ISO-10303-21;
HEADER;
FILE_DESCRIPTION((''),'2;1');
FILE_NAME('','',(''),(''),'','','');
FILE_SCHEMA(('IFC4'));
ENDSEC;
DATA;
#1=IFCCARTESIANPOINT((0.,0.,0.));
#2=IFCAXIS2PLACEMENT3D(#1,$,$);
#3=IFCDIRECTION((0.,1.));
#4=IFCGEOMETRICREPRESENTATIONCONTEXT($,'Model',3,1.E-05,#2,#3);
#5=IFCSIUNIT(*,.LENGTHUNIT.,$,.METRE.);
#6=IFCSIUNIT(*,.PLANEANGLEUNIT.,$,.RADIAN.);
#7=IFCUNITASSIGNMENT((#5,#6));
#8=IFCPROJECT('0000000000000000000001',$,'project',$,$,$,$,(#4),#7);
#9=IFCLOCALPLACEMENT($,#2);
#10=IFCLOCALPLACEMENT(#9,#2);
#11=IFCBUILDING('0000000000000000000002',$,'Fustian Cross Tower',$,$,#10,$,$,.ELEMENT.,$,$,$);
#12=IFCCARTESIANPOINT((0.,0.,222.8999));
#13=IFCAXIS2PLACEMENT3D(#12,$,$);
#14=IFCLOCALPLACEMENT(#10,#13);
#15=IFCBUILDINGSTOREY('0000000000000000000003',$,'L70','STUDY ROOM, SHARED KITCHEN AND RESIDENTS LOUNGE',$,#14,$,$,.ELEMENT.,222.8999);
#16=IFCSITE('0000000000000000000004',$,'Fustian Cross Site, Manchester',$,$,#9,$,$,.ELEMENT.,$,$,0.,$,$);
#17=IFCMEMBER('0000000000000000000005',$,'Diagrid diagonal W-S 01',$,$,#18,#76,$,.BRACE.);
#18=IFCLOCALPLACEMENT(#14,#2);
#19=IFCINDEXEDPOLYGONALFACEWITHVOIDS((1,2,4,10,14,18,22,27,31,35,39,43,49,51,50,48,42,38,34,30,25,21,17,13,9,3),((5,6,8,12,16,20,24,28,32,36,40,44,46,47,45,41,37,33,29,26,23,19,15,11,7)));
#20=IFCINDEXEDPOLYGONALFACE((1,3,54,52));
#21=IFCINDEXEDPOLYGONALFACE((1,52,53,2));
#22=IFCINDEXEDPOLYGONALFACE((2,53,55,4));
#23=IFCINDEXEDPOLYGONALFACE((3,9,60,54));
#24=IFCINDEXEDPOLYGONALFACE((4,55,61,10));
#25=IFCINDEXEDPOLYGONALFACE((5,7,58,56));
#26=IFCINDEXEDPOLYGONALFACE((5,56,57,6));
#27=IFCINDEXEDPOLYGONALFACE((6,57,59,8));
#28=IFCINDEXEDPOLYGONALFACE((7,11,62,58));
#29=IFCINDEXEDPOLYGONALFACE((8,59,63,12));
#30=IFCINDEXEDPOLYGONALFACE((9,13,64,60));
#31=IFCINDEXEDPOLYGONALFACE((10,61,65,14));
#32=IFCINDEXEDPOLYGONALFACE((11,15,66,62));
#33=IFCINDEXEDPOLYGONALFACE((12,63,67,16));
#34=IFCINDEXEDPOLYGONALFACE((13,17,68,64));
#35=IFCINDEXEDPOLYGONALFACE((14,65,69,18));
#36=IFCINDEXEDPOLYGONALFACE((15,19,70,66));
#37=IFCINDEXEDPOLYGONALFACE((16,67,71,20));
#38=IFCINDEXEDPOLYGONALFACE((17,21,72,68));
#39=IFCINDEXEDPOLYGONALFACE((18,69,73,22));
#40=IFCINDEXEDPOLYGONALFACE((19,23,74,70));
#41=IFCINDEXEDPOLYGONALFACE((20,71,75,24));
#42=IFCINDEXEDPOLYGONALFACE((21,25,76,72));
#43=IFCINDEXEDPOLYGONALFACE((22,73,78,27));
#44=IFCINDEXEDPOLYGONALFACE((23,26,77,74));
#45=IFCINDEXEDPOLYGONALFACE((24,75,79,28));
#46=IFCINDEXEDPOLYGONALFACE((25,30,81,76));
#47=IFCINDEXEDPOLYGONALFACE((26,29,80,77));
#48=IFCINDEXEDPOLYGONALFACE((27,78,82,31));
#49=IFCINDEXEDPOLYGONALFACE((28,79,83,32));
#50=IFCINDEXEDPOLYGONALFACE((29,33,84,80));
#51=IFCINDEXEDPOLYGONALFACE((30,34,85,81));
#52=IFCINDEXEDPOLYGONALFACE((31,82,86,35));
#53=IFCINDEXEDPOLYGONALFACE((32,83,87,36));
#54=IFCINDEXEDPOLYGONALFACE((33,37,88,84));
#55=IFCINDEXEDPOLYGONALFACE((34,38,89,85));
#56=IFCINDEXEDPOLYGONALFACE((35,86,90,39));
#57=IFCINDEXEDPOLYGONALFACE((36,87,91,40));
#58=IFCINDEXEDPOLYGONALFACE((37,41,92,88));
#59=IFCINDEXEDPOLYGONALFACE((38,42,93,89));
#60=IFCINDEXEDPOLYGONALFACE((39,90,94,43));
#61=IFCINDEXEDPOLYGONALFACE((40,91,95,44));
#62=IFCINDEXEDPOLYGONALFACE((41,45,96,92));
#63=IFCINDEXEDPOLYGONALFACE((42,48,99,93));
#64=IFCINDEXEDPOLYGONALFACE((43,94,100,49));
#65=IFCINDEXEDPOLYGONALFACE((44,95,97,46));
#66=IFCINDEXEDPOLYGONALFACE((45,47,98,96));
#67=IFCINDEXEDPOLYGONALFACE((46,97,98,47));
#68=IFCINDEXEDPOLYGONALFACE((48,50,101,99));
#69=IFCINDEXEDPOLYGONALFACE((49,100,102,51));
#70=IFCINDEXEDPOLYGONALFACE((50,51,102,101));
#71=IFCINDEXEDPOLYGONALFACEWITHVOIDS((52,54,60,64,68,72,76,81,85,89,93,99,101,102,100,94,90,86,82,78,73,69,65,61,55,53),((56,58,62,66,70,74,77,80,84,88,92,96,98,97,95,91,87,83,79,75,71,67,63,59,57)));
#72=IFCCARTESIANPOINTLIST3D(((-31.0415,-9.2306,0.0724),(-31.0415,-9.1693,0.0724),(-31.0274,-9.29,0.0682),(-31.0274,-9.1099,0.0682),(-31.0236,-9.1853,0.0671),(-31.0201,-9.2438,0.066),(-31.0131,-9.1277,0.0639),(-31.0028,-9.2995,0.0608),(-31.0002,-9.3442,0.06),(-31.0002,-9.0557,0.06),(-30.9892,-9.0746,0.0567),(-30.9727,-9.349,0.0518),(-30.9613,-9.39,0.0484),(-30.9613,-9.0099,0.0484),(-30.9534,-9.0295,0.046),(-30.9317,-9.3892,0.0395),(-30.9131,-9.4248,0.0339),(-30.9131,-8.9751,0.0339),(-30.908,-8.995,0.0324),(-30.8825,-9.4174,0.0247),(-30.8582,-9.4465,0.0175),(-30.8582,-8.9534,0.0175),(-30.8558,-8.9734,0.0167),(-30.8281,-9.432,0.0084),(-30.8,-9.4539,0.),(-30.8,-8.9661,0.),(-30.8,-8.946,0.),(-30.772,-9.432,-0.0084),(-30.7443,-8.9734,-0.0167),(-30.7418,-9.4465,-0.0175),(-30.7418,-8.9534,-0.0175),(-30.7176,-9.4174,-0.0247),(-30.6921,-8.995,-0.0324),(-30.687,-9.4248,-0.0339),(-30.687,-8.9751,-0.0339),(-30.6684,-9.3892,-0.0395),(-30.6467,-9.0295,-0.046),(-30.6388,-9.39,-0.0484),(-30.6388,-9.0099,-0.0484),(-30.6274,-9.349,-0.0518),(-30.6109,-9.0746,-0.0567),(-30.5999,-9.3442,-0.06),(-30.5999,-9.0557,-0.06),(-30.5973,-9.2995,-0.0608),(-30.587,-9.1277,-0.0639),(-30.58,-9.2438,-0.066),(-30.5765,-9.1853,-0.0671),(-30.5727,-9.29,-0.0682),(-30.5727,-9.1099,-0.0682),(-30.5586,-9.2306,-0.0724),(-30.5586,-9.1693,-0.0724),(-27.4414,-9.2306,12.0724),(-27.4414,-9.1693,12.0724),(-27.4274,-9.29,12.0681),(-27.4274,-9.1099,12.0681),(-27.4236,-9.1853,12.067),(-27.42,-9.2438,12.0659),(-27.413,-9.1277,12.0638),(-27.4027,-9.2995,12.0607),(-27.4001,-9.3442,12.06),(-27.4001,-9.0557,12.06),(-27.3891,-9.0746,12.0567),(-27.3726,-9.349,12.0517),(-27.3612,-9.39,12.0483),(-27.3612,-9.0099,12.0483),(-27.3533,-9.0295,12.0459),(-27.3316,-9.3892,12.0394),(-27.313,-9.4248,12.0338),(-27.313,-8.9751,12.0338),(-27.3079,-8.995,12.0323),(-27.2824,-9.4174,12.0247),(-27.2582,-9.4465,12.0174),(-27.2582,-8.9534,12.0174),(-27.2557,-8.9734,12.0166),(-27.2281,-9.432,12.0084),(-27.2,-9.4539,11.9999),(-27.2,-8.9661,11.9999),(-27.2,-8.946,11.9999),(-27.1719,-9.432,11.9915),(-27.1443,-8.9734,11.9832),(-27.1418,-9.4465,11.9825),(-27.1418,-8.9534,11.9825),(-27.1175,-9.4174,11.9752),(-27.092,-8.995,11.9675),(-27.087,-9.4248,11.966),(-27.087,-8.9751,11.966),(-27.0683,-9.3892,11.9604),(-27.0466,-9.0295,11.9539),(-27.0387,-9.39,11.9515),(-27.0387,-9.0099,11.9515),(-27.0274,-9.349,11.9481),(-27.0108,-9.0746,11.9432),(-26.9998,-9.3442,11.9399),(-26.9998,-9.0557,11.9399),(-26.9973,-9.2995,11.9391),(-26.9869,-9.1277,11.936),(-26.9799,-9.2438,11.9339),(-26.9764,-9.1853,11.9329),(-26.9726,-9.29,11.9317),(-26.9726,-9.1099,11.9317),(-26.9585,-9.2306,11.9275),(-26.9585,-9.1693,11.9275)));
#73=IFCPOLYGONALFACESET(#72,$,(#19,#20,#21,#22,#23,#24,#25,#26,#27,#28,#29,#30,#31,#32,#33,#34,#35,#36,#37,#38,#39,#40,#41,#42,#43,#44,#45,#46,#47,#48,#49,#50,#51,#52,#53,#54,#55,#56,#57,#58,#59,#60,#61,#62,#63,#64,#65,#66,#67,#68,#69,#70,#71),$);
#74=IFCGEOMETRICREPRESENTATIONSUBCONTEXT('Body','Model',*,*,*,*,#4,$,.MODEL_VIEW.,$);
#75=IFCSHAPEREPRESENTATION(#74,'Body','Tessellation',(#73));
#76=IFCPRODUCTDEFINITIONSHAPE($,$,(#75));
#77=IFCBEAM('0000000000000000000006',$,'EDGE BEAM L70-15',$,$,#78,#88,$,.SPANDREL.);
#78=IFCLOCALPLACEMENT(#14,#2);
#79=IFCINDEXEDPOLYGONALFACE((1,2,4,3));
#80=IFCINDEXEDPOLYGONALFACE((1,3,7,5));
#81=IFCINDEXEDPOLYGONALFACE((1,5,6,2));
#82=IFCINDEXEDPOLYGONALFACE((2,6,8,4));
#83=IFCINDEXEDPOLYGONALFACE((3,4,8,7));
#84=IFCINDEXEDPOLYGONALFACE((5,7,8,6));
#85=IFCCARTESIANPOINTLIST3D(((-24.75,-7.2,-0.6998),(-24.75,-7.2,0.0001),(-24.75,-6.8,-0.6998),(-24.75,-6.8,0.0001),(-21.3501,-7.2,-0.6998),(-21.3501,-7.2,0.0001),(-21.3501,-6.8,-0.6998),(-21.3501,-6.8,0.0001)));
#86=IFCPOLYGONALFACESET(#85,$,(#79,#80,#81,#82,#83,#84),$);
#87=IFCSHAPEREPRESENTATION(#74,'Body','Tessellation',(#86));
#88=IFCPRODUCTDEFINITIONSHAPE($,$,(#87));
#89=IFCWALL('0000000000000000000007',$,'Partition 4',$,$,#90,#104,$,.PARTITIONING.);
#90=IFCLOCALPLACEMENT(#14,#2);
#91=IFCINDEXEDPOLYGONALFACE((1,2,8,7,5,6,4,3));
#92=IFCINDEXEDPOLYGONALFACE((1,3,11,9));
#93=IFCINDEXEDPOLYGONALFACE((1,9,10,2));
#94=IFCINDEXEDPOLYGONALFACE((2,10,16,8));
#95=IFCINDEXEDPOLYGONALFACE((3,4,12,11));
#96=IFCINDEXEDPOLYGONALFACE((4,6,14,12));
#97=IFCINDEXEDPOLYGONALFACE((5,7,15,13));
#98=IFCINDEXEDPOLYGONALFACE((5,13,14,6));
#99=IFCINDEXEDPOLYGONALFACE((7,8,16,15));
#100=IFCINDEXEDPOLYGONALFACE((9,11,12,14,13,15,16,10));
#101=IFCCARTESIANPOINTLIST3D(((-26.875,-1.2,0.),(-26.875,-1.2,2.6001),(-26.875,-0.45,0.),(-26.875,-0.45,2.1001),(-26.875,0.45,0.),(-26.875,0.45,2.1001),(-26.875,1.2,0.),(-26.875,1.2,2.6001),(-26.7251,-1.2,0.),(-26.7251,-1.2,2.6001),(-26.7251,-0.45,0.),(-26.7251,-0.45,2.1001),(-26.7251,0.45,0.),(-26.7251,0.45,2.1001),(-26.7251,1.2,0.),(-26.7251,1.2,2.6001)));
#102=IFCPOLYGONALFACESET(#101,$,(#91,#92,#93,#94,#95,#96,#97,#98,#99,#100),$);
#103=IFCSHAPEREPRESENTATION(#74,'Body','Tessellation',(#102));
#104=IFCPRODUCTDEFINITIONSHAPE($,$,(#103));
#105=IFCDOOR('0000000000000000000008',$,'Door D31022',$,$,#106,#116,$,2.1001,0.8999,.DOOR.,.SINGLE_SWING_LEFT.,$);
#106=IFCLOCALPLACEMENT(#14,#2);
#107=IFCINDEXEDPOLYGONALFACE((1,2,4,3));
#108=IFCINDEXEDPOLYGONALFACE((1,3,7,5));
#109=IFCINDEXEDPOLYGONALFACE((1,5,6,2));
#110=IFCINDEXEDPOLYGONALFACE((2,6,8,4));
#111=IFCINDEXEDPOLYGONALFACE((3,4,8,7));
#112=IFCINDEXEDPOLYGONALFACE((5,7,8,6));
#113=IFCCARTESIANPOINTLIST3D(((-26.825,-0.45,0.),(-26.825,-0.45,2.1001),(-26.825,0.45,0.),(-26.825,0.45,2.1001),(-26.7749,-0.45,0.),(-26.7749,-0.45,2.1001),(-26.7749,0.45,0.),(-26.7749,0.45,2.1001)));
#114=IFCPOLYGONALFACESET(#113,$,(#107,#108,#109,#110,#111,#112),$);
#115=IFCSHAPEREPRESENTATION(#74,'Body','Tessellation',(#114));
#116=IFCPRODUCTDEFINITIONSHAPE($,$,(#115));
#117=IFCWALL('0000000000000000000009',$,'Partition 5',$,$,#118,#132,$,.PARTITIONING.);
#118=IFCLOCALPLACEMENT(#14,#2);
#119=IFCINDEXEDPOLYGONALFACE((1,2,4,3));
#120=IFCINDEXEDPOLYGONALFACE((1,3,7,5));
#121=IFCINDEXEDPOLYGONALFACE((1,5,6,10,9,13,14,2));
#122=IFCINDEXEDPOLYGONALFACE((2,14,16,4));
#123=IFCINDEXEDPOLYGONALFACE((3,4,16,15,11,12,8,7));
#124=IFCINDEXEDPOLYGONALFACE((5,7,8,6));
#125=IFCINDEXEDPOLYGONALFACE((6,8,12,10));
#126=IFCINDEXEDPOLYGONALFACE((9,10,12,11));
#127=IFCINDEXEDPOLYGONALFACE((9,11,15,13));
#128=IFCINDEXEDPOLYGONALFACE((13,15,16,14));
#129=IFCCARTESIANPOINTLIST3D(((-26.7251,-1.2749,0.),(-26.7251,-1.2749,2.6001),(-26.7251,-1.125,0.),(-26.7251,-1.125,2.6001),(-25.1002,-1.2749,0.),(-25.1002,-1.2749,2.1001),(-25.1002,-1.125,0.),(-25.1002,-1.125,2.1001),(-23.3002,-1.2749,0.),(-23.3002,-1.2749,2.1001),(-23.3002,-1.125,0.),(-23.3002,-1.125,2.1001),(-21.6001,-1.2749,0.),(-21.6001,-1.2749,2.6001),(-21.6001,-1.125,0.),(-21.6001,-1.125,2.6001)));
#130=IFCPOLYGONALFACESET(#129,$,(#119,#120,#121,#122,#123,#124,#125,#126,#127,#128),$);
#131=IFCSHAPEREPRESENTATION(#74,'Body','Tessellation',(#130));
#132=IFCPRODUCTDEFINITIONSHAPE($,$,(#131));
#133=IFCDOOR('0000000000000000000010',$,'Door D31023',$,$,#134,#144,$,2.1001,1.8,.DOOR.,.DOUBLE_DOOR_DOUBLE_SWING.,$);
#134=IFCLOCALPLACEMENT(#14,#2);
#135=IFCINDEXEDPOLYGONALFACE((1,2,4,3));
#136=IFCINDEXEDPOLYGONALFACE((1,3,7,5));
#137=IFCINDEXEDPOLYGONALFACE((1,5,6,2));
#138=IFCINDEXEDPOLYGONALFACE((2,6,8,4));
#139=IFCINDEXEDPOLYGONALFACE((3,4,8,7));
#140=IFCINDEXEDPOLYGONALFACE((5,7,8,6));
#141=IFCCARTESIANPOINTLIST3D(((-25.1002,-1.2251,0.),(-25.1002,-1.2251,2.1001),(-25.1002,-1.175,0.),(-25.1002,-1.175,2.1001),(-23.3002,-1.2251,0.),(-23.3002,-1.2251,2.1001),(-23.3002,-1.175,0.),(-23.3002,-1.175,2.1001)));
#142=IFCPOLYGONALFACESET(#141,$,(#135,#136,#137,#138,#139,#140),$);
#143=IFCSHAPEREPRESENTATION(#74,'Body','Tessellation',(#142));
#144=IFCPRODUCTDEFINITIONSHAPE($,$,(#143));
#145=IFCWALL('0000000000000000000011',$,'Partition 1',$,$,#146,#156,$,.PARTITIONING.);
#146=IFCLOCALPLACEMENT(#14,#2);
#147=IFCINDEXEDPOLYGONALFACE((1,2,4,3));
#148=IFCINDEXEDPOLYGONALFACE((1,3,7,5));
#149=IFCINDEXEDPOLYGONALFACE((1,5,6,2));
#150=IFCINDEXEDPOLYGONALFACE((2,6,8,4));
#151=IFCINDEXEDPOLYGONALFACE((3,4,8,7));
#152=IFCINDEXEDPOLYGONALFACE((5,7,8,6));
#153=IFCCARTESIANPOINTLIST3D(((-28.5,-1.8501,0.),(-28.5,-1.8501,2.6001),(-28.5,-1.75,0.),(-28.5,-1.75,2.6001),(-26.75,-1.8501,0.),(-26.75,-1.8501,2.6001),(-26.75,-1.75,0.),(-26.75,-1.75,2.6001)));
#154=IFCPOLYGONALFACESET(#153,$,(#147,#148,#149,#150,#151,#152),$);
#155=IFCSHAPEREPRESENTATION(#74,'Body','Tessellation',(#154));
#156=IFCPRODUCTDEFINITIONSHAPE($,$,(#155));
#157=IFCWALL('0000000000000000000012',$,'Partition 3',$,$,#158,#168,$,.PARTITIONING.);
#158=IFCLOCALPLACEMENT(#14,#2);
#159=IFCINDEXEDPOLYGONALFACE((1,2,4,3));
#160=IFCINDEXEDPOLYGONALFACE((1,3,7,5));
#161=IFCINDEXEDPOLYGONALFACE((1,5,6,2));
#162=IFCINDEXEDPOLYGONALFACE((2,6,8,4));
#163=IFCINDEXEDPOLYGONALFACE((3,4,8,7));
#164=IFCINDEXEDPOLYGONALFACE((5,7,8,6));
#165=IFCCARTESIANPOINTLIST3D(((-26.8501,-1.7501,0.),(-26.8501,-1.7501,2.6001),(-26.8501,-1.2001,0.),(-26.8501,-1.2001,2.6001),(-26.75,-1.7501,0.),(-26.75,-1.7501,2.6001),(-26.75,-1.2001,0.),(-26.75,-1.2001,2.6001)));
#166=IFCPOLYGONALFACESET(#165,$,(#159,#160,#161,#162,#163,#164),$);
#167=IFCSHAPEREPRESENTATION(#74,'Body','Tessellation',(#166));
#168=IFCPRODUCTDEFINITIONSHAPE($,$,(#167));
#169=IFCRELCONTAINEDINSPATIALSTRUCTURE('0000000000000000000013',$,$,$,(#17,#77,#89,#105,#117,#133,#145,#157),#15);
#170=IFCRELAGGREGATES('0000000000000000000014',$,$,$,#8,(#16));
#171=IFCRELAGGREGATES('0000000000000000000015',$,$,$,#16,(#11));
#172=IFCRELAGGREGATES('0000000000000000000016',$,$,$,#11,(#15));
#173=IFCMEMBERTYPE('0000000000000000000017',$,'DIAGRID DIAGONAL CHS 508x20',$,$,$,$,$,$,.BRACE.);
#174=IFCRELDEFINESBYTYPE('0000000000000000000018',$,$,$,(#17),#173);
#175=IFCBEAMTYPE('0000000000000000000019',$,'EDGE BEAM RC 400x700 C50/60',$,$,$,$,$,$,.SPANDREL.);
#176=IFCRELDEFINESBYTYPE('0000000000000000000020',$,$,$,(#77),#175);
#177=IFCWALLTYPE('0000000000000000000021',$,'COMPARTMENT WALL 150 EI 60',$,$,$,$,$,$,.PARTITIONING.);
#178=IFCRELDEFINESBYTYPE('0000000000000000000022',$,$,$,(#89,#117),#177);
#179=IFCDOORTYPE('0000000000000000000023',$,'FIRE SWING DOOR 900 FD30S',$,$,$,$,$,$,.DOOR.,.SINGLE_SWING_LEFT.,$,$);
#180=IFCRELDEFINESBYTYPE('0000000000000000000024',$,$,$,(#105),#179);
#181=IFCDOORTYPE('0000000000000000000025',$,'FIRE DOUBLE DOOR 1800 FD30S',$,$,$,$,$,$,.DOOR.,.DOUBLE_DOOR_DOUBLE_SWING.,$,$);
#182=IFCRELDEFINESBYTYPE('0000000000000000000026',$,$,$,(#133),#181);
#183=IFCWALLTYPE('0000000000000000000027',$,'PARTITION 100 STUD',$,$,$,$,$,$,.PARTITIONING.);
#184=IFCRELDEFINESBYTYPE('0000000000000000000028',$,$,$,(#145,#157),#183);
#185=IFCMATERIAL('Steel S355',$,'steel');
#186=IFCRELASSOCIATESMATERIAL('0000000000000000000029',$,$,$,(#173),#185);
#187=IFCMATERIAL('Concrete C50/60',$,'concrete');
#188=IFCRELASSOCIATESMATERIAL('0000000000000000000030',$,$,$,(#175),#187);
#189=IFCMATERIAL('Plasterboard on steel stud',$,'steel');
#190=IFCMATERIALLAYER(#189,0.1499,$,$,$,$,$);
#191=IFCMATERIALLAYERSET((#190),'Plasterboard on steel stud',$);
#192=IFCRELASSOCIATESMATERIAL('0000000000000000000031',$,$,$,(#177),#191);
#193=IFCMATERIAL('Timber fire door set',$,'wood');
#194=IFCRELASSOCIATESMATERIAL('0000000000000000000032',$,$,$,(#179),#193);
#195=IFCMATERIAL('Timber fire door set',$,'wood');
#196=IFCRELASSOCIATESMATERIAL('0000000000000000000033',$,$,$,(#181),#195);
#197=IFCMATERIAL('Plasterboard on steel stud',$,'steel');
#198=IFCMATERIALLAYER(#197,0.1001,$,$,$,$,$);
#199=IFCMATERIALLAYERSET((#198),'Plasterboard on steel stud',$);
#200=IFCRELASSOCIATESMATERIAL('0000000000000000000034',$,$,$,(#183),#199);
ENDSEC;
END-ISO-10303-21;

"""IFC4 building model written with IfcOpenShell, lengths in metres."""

from ifc_helpers import new_model, si_unit, direction, frame, frame_2d, origin, origin_2d, place, context, subcontext, project, spatial, rectangle, hollow_circle, extrude, material, layer, layer_set, material_profile, profile_set, type_object, element, fill, save


model = new_model("IFC4")

# Units and contexts
model_context = context("Model", 3, precision=1e-05, world=origin(), true_north=direction((0.0, 1.0)))
body_context = subcontext(model_context, "Body", "Model", "MODEL_VIEW")
ifc_project = project(units=[si_unit("LENGTHUNIT", "METRE"), si_unit("PLANEANGLEUNIT", "RADIAN")], contexts=[model_context])

# Site, building, storey
site_placement = place(None, origin())
site = spatial("IfcSite", under=ifc_project, at=site_placement, Name="Fustian Cross Site, Manchester", CompositionType="ELEMENT", RefElevation=0.0)
building_placement = place(site_placement, origin())
building = spatial("IfcBuilding", under=site, at=building_placement, Name="Fustian Cross Tower", CompositionType="ELEMENT")
storey_placement = place(building_placement, frame((0.0, 0.0, 222.8999)))
storey = spatial("IfcBuildingStorey", under=building, at=storey_placement, Name="L70", Description="STUDY ROOM, SHARED KITCHEN AND RESIDENTS LOUNGE", CompositionType="ELEMENT", Elevation=222.8999)

# Member
ifc_material_1 = material(Name="Steel S355", Category="steel")
ifc_material_profile_1 = material_profile(ifc_material_1, hollow_circle(Radius=0.2539, WallThickness=0.02, at=origin_2d()), Name="CHS 508x20")
ifc_profile_set_1 = profile_set([ifc_material_profile_1], Name="Steel S355")
member_type_1 = type_object("IfcMemberType", Name="DIAGRID DIAGONAL CHS 508x20", PredefinedType="BRACE", material=ifc_profile_set_1)
member_placement = place(storey_placement, frame((-30.8, -9.2, 0.0), z_axis=(0.287355, 0.0, 0.957824), x_axis=(0.0, 1.0, 0.0)))
element("IfcMember", 1, at=member_placement, inside=storey, type_object=member_type_1, Name="Diagrid diagonal W-S 01", PredefinedType="BRACE", context=body_context, shape_type="SweptSolid", body=[
    extrude(hollow_circle(Radius=0.2539, WallThickness=0.02, at=origin_2d()), origin(), (0.0, 0.0, 1.0), 12.5283),
])

# Beam
ifc_material_2 = material(Name="Concrete C50/60", Category="concrete")
ifc_material_profile_2 = material_profile(ifc_material_2, rectangle(XDim=0.3999, YDim=0.7, at=origin_2d()), Name="RC 400x700")
ifc_profile_set_2 = profile_set([ifc_material_profile_2], Name="Concrete C50/60")
beam_type = type_object("IfcBeamType", Name="EDGE BEAM RC 400x700 C50/60", PredefinedType="SPANDREL", material=ifc_profile_set_2)
beam_placement = place(storey_placement, frame((-24.75, -7.0, -0.3499), z_axis=(1.0, 0.0, 0.0), x_axis=(0.0, 1.0, 0.0)))
element("IfcBeam", 2, at=beam_placement, inside=storey, type_object=beam_type, Name="EDGE BEAM L70-15", PredefinedType="SPANDREL", context=body_context, shape_type="SweptSolid", body=[
    extrude(rectangle(XDim=0.3999, YDim=0.7, at=origin_2d()), origin(), (0.0, 0.0, 1.0), 3.3999),
])

# Walls, openings, doors
ifc_material_3 = material(Name="Plasterboard on steel stud", Category="steel")
ifc_layer_1 = layer(ifc_material_3, 0.1499)
ifc_layer_set_1 = layer_set([ifc_layer_1], Name="Plasterboard on steel stud")
wall_type_1 = type_object("IfcWallType", Name="COMPARTMENT WALL 150 EI 60", PredefinedType="PARTITIONING", material=ifc_layer_set_1)
wall_1_placement = place(storey_placement, frame((-26.8, -1.2, 0.0), z_axis=(0.0, 0.0, 1.0), x_axis=(0.0, 1.0, 0.0)))
wall_1 = element("IfcWall", 3, at=wall_1_placement, inside=storey, type_object=wall_type_1, Name="Partition 4", PredefinedType="PARTITIONING", context=body_context, shape_type="SweptSolid", body=[
    extrude(rectangle(XDim=2.3999, YDim=0.1499, at=frame_2d((1.2, 0.0))), origin(), (0.0, 0.0, 1.0), 2.6001),
])
opening_1_placement = place(wall_1_placement, frame((0.75, 0.0, 0.0)))
opening_1 = element("IfcOpeningElement", 4, at=opening_1_placement, cuts=wall_1, PredefinedType="OPENING", context=body_context, shape_type="SweptSolid", body=[
    extrude(rectangle(XDim=0.8999, YDim=2.1001, at=frame_2d((0.45, 1.05))), frame((0.0, 0.085, 0.0), z_axis=(0.0, -1.0, 0.0), x_axis=(1.0, 0.0, 0.0)), (0.0, 0.0, 1.0), 0.1699),
])
ifc_material_4 = material(Name="Timber fire door set", Category="wood")
door_type_1 = type_object("IfcDoorType", Name="FIRE SWING DOOR 900 FD30S", OperationType="SINGLE_SWING_LEFT", PredefinedType="DOOR", material=ifc_material_4)
door_1_placement = place(opening_1_placement, origin())
door_1 = element("IfcDoor", 5, at=door_1_placement, inside=storey, type_object=door_type_1, Name="Door D31022", OperationType="SINGLE_SWING_LEFT", OverallHeight=2.1001, OverallWidth=0.8999, PredefinedType="DOOR", context=body_context, shape_type="SweptSolid", body=[
    extrude(rectangle(XDim=0.8999, YDim=2.1001, at=frame_2d((0.45, 1.05))), frame((0.0, 0.0249, 0.0), z_axis=(0.0, -1.0, 0.0), x_axis=(1.0, 0.0, 0.0)), (0.0, 0.0, 1.0), 0.05),
])
fill(opening_1, door_1)
wall_2_placement = place(storey_placement, frame((-26.7251, -1.2, 0.0), z_axis=(0.0, 0.0, 1.0), x_axis=(1.0, 0.0, 0.0)))
wall_2 = element("IfcWall", 6, at=wall_2_placement, inside=storey, type_object=wall_type_1, Name="Partition 5", PredefinedType="PARTITIONING", context=body_context, shape_type="SweptSolid", body=[
    extrude(rectangle(XDim=5.125, YDim=0.1499, at=frame_2d((2.5625, 0.0))), origin(), (0.0, 0.0, 1.0), 2.6001),
])
opening_2_placement = place(wall_2_placement, frame((1.625, 0.0, 0.0)))
opening_2 = element("IfcOpeningElement", 7, at=opening_2_placement, cuts=wall_2, PredefinedType="OPENING", context=body_context, shape_type="SweptSolid", body=[
    extrude(rectangle(XDim=1.8, YDim=2.1001, at=frame_2d((0.8999, 1.05))), frame((0.0, 0.085, 0.0), z_axis=(0.0, -1.0, 0.0), x_axis=(1.0, 0.0, 0.0)), (0.0, 0.0, 1.0), 0.1699),
])
ifc_material_5 = material(Name="Timber fire door set", Category="wood")
door_type_2 = type_object("IfcDoorType", Name="FIRE DOUBLE DOOR 1800 FD30S", OperationType="DOUBLE_DOOR_DOUBLE_SWING", PredefinedType="DOOR", material=ifc_material_5)
door_2_placement = place(opening_2_placement, origin())
door_2 = element("IfcDoor", 8, at=door_2_placement, inside=storey, type_object=door_type_2, Name="Door D31023", OperationType="DOUBLE_DOOR_DOUBLE_SWING", OverallHeight=2.1001, OverallWidth=1.8, PredefinedType="DOOR", context=body_context, shape_type="SweptSolid", body=[
    extrude(rectangle(XDim=1.8, YDim=2.1001, at=frame_2d((0.8999, 1.05))), frame((0.0, 0.0249, 0.0), z_axis=(0.0, -1.0, 0.0), x_axis=(1.0, 0.0, 0.0)), (0.0, 0.0, 1.0), 0.05),
])
fill(opening_2, door_2)

# Walls
ifc_material_6 = material(Name="Plasterboard on steel stud", Category="steel")
ifc_layer_2 = layer(ifc_material_6, 0.1001)
ifc_layer_set_2 = layer_set([ifc_layer_2], Name="Plasterboard on steel stud")
wall_type_2 = type_object("IfcWallType", Name="PARTITION 100 STUD", PredefinedType="PARTITIONING", material=ifc_layer_set_2)
wall_3_placement = place(storey_placement, frame((-28.5, -1.8, 0.0), z_axis=(0.0, 0.0, 1.0), x_axis=(1.0, 0.0, 0.0)))
element("IfcWall", 9, at=wall_3_placement, inside=storey, type_object=wall_type_2, Name="Partition 1", PredefinedType="PARTITIONING", context=body_context, shape_type="SweptSolid", body=[
    extrude(rectangle(XDim=1.75, YDim=0.1001, at=frame_2d((0.875, 0.0))), origin(), (0.0, 0.0, 1.0), 2.6001),
])
wall_4_placement = place(storey_placement, frame((-26.8, -1.75, 0.0), z_axis=(0.0, 0.0, 1.0), x_axis=(0.0, 1.0, 0.0)))
element("IfcWall", 10, at=wall_4_placement, inside=storey, type_object=wall_type_2, Name="Partition 3", PredefinedType="PARTITIONING", context=body_context, shape_type="SweptSolid", body=[
    extrude(rectangle(XDim=0.55, YDim=0.1001, at=frame_2d((0.2749, 0.0))), origin(), (0.0, 0.0, 1.0), 2.6001),
])

save(model, "model.ifc")
